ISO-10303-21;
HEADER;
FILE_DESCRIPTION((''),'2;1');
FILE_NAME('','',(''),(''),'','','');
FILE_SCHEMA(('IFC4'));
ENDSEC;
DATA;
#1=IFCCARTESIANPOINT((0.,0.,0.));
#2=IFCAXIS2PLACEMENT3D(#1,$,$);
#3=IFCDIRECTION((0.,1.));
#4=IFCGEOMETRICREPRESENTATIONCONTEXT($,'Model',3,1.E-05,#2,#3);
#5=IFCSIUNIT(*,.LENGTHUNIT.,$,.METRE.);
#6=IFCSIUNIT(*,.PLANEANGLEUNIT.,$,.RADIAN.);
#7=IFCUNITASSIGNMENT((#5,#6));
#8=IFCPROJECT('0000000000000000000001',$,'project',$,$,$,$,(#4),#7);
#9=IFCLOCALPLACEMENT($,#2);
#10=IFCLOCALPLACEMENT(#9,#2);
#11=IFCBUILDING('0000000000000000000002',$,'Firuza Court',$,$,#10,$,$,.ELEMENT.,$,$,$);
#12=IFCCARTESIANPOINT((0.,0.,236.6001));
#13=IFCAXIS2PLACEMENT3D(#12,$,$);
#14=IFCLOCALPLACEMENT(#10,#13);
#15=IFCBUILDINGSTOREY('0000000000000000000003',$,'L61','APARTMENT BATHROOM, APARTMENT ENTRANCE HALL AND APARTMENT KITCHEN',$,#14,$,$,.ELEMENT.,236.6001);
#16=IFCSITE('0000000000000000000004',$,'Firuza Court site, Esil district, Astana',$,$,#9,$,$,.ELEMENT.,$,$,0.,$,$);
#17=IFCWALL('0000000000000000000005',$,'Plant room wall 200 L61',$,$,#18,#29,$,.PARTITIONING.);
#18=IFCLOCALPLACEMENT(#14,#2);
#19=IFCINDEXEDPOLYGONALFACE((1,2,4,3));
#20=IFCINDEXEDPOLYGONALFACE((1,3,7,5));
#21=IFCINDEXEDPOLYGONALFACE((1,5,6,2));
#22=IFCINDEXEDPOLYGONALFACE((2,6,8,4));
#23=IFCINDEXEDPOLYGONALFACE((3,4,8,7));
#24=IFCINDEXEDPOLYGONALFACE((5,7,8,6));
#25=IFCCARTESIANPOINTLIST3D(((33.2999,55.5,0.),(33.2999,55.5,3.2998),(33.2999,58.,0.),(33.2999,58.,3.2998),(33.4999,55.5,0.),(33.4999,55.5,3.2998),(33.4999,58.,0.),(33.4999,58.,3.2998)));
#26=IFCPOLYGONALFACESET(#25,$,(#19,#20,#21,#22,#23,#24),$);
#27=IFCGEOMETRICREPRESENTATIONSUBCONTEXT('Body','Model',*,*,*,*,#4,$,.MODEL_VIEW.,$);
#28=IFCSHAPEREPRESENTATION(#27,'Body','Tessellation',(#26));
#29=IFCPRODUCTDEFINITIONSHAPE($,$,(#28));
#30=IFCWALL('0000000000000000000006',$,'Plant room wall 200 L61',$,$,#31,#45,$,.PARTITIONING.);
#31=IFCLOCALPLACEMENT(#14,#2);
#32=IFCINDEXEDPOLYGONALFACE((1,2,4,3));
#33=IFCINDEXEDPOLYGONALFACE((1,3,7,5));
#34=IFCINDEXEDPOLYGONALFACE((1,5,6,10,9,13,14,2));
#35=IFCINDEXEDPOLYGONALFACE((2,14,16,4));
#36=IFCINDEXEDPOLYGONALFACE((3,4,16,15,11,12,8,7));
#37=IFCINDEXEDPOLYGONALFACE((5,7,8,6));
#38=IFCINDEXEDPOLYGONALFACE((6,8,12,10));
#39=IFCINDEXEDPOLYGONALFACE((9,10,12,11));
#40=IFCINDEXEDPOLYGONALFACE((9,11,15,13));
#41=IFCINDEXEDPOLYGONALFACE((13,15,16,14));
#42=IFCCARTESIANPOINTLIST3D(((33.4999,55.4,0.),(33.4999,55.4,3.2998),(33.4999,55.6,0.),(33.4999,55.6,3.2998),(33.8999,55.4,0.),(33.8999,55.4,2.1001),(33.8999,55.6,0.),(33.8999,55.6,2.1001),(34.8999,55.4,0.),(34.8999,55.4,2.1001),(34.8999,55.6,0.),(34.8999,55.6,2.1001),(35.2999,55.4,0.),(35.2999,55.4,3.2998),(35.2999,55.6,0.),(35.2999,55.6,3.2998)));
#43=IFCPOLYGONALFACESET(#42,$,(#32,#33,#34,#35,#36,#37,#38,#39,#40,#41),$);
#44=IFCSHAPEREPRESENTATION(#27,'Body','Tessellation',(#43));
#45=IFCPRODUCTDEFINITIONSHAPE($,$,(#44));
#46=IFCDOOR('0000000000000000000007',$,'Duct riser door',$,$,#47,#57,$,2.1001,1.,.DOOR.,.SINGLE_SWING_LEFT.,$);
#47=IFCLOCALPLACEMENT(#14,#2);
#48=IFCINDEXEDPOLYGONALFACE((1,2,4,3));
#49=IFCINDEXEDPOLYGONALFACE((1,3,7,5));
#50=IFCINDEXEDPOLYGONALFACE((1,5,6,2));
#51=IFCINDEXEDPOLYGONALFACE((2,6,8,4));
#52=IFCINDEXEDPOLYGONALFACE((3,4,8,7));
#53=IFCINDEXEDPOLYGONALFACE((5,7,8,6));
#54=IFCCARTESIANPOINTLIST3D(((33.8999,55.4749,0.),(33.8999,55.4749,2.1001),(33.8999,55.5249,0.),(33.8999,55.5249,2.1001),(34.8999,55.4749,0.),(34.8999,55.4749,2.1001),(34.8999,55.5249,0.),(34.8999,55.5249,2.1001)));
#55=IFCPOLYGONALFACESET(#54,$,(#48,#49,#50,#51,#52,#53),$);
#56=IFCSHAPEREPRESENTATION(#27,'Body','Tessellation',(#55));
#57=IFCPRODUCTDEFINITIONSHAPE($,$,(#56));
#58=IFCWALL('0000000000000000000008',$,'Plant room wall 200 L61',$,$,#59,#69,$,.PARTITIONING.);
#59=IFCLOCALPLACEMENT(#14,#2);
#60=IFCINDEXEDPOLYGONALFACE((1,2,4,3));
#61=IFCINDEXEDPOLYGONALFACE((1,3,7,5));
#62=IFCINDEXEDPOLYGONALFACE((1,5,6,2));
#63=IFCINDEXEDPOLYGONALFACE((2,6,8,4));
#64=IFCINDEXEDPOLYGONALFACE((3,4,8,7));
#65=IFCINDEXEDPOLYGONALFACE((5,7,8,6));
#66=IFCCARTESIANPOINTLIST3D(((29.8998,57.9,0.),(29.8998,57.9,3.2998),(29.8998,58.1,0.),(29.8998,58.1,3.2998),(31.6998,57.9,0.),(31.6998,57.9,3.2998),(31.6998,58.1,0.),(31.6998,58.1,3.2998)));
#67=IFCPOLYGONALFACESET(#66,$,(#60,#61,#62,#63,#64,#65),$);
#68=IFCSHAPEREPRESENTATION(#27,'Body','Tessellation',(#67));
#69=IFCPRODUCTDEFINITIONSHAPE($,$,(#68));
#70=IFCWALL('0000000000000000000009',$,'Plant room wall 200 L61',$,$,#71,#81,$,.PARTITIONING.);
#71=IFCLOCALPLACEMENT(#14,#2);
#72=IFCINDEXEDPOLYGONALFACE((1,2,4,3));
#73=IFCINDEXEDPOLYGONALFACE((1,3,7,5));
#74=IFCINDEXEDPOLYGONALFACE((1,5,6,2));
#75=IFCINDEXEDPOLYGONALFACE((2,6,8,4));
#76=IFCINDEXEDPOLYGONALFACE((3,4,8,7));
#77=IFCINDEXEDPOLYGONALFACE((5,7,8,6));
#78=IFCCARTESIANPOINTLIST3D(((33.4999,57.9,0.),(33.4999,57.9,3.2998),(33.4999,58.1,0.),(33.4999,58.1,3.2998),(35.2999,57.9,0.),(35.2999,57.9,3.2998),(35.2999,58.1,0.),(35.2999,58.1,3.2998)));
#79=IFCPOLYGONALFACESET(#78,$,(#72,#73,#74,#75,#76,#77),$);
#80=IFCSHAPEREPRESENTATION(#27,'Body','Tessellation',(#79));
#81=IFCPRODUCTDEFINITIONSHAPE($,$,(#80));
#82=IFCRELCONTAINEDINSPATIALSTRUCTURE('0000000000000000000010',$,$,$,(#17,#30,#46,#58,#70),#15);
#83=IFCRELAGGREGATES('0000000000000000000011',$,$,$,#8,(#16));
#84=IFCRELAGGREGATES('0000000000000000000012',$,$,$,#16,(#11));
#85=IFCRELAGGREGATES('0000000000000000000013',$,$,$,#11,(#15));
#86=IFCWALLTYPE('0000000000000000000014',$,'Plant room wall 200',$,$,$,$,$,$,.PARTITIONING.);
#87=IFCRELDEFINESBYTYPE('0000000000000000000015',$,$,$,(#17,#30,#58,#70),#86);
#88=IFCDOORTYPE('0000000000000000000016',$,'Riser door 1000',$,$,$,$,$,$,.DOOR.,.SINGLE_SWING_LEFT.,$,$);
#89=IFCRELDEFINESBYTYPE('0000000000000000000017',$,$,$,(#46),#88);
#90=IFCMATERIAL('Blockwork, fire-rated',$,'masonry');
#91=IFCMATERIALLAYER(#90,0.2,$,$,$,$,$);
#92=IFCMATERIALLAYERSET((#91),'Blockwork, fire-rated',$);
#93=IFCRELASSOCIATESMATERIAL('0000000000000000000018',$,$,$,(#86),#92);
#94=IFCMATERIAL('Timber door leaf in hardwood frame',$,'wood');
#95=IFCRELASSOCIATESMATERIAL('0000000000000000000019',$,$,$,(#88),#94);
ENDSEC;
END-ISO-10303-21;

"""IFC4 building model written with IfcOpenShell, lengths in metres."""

from ifc_helpers import new_model, si_unit, direction, frame, frame_2d, origin, place, context, subcontext, project, spatial, rectangle, extrude, material, layer, layer_set, type_object, element, fill, save


model = new_model("IFC4")

# Units and contexts
model_context = context("Model", 3, precision=1e-05, world=origin(), true_north=direction((0.0, 1.0)))
body_context = subcontext(model_context, "Body", "Model", "MODEL_VIEW")
ifc_project = project(units=[si_unit("LENGTHUNIT", "METRE"), si_unit("PLANEANGLEUNIT", "RADIAN")], contexts=[model_context])

# Site, building, storey
site_placement = place(None, origin())
site = spatial("IfcSite", under=ifc_project, at=site_placement, Name="Firuza Court site, Esil district, Astana", CompositionType="ELEMENT", RefElevation=0.0)
building_placement = place(site_placement, origin())
building = spatial("IfcBuilding", under=site, at=building_placement, Name="Firuza Court", CompositionType="ELEMENT")
storey_placement = place(building_placement, frame((0.0, 0.0, 236.6001)))
storey = spatial("IfcBuildingStorey", under=building, at=storey_placement, Name="L61", Description="APARTMENT BATHROOM, APARTMENT ENTRANCE HALL AND APARTMENT KITCHEN", CompositionType="ELEMENT", Elevation=236.6001)

# Shared definitions
ifc_material_1 = material(Name="Blockwork, fire-rated", Category="masonry")
ifc_layer_1 = layer(ifc_material_1, 0.2)
ifc_layer_set_1 = layer_set([ifc_layer_1], Name="Blockwork, fire-rated")
wall_type_1 = type_object("IfcWallType", Name="Plant room wall 200", PredefinedType="PARTITIONING", material=ifc_layer_set_1)

# Shared definitions
ifc_material_2 = material(Name="Timber door leaf in hardwood frame", Category="wood")
door_type = type_object("IfcDoorType", Name="Riser door 1000", OperationType="SINGLE_SWING_LEFT", PredefinedType="DOOR", material=ifc_material_2)

# Wall
for number, where, z_axis, x_axis, name in (
    (1, (33.3999, 55.5, 0.0), (0.0, 0.0, 1.0), (0.0, 1.0, 0.0), "Plant room wall 200 L61"),
):
    element("IfcWall", number, at=place(storey_placement, frame(where, z_axis=z_axis, x_axis=x_axis)), inside=storey, type_object=wall_type_1, Name=name, PredefinedType="PARTITIONING", context=body_context, shape_type="SweptSolid", body=[
        extrude(rectangle(XDim=2.5, YDim=0.2, at=frame_2d((1.25, 0.0))), origin(), (0.0, 0.0, 1.0), 3.2998),
    ])

# Wall, opening, door
wall_1_placement = place(storey_placement, frame((33.5, 55.5, 0.0), z_axis=(0.0, 0.0, 1.0), x_axis=(1.0, 0.0, 0.0)))
wall_1 = element("IfcWall", 2, at=wall_1_placement, inside=storey, type_object=wall_type_1, Name="Plant room wall 200 L61", PredefinedType="PARTITIONING", context=body_context, shape_type="SweptSolid", body=[
    extrude(rectangle(XDim=1.8, YDim=0.2, at=frame_2d((0.8999, 0.0))), origin(), (0.0, 0.0, 1.0), 3.2998),
])
opening_1_placement = place(wall_1_placement, frame((0.3999, 0.0, 0.0)))
opening_1 = element("IfcOpeningElement", 3, at=opening_1_placement, cuts=wall_1, PredefinedType="OPENING", context=body_context, shape_type="SweptSolid", body=[
    extrude(rectangle(XDim=1.0, YDim=2.1001, at=frame_2d((0.5, 1.05))), frame((0.0, 0.1118, 0.0), z_axis=(0.0, -1.0, 0.0), x_axis=(1.0, 0.0, 0.0)), (0.0, 0.0, 1.0), 0.2239),
])
door_1_placement = place(opening_1_placement, origin())
door_1 = element("IfcDoor", 4, at=door_1_placement, inside=storey, type_object=door_type, Name="Duct riser door", OperationType="SINGLE_SWING_LEFT", OverallHeight=2.1001, OverallWidth=1.0, PredefinedType="DOOR", context=body_context, shape_type="SweptSolid", body=[
    extrude(rectangle(XDim=1.0, YDim=2.1001, at=frame_2d((0.5, 1.05))), frame((0.0, 0.0249, 0.0), z_axis=(0.0, -1.0, 0.0), x_axis=(1.0, 0.0, 0.0)), (0.0, 0.0, 1.0), 0.05),
])
fill(opening_1, door_1)

# Walls
for number, where, z_axis, x_axis, name in (
    (5, (29.8999, 58.0, 0.0), (0.0, 0.0, 1.0), (1.0, 0.0, 0.0), "Plant room wall 200 L61"),
    (6, (33.5, 58.0, 0.0), (0.0, 0.0, 1.0), (1.0, 0.0, 0.0), "Plant room wall 200 L61"),
):
    element("IfcWall", number, at=place(storey_placement, frame(where, z_axis=z_axis, x_axis=x_axis)), inside=storey, type_object=wall_type_1, Name=name, PredefinedType="PARTITIONING", context=body_context, shape_type="SweptSolid", body=[
        extrude(rectangle(XDim=1.8, YDim=0.2, at=frame_2d((0.8999, 0.0))), origin(), (0.0, 0.0, 1.0), 3.2998),
    ])

save(model, "model.ifc")
